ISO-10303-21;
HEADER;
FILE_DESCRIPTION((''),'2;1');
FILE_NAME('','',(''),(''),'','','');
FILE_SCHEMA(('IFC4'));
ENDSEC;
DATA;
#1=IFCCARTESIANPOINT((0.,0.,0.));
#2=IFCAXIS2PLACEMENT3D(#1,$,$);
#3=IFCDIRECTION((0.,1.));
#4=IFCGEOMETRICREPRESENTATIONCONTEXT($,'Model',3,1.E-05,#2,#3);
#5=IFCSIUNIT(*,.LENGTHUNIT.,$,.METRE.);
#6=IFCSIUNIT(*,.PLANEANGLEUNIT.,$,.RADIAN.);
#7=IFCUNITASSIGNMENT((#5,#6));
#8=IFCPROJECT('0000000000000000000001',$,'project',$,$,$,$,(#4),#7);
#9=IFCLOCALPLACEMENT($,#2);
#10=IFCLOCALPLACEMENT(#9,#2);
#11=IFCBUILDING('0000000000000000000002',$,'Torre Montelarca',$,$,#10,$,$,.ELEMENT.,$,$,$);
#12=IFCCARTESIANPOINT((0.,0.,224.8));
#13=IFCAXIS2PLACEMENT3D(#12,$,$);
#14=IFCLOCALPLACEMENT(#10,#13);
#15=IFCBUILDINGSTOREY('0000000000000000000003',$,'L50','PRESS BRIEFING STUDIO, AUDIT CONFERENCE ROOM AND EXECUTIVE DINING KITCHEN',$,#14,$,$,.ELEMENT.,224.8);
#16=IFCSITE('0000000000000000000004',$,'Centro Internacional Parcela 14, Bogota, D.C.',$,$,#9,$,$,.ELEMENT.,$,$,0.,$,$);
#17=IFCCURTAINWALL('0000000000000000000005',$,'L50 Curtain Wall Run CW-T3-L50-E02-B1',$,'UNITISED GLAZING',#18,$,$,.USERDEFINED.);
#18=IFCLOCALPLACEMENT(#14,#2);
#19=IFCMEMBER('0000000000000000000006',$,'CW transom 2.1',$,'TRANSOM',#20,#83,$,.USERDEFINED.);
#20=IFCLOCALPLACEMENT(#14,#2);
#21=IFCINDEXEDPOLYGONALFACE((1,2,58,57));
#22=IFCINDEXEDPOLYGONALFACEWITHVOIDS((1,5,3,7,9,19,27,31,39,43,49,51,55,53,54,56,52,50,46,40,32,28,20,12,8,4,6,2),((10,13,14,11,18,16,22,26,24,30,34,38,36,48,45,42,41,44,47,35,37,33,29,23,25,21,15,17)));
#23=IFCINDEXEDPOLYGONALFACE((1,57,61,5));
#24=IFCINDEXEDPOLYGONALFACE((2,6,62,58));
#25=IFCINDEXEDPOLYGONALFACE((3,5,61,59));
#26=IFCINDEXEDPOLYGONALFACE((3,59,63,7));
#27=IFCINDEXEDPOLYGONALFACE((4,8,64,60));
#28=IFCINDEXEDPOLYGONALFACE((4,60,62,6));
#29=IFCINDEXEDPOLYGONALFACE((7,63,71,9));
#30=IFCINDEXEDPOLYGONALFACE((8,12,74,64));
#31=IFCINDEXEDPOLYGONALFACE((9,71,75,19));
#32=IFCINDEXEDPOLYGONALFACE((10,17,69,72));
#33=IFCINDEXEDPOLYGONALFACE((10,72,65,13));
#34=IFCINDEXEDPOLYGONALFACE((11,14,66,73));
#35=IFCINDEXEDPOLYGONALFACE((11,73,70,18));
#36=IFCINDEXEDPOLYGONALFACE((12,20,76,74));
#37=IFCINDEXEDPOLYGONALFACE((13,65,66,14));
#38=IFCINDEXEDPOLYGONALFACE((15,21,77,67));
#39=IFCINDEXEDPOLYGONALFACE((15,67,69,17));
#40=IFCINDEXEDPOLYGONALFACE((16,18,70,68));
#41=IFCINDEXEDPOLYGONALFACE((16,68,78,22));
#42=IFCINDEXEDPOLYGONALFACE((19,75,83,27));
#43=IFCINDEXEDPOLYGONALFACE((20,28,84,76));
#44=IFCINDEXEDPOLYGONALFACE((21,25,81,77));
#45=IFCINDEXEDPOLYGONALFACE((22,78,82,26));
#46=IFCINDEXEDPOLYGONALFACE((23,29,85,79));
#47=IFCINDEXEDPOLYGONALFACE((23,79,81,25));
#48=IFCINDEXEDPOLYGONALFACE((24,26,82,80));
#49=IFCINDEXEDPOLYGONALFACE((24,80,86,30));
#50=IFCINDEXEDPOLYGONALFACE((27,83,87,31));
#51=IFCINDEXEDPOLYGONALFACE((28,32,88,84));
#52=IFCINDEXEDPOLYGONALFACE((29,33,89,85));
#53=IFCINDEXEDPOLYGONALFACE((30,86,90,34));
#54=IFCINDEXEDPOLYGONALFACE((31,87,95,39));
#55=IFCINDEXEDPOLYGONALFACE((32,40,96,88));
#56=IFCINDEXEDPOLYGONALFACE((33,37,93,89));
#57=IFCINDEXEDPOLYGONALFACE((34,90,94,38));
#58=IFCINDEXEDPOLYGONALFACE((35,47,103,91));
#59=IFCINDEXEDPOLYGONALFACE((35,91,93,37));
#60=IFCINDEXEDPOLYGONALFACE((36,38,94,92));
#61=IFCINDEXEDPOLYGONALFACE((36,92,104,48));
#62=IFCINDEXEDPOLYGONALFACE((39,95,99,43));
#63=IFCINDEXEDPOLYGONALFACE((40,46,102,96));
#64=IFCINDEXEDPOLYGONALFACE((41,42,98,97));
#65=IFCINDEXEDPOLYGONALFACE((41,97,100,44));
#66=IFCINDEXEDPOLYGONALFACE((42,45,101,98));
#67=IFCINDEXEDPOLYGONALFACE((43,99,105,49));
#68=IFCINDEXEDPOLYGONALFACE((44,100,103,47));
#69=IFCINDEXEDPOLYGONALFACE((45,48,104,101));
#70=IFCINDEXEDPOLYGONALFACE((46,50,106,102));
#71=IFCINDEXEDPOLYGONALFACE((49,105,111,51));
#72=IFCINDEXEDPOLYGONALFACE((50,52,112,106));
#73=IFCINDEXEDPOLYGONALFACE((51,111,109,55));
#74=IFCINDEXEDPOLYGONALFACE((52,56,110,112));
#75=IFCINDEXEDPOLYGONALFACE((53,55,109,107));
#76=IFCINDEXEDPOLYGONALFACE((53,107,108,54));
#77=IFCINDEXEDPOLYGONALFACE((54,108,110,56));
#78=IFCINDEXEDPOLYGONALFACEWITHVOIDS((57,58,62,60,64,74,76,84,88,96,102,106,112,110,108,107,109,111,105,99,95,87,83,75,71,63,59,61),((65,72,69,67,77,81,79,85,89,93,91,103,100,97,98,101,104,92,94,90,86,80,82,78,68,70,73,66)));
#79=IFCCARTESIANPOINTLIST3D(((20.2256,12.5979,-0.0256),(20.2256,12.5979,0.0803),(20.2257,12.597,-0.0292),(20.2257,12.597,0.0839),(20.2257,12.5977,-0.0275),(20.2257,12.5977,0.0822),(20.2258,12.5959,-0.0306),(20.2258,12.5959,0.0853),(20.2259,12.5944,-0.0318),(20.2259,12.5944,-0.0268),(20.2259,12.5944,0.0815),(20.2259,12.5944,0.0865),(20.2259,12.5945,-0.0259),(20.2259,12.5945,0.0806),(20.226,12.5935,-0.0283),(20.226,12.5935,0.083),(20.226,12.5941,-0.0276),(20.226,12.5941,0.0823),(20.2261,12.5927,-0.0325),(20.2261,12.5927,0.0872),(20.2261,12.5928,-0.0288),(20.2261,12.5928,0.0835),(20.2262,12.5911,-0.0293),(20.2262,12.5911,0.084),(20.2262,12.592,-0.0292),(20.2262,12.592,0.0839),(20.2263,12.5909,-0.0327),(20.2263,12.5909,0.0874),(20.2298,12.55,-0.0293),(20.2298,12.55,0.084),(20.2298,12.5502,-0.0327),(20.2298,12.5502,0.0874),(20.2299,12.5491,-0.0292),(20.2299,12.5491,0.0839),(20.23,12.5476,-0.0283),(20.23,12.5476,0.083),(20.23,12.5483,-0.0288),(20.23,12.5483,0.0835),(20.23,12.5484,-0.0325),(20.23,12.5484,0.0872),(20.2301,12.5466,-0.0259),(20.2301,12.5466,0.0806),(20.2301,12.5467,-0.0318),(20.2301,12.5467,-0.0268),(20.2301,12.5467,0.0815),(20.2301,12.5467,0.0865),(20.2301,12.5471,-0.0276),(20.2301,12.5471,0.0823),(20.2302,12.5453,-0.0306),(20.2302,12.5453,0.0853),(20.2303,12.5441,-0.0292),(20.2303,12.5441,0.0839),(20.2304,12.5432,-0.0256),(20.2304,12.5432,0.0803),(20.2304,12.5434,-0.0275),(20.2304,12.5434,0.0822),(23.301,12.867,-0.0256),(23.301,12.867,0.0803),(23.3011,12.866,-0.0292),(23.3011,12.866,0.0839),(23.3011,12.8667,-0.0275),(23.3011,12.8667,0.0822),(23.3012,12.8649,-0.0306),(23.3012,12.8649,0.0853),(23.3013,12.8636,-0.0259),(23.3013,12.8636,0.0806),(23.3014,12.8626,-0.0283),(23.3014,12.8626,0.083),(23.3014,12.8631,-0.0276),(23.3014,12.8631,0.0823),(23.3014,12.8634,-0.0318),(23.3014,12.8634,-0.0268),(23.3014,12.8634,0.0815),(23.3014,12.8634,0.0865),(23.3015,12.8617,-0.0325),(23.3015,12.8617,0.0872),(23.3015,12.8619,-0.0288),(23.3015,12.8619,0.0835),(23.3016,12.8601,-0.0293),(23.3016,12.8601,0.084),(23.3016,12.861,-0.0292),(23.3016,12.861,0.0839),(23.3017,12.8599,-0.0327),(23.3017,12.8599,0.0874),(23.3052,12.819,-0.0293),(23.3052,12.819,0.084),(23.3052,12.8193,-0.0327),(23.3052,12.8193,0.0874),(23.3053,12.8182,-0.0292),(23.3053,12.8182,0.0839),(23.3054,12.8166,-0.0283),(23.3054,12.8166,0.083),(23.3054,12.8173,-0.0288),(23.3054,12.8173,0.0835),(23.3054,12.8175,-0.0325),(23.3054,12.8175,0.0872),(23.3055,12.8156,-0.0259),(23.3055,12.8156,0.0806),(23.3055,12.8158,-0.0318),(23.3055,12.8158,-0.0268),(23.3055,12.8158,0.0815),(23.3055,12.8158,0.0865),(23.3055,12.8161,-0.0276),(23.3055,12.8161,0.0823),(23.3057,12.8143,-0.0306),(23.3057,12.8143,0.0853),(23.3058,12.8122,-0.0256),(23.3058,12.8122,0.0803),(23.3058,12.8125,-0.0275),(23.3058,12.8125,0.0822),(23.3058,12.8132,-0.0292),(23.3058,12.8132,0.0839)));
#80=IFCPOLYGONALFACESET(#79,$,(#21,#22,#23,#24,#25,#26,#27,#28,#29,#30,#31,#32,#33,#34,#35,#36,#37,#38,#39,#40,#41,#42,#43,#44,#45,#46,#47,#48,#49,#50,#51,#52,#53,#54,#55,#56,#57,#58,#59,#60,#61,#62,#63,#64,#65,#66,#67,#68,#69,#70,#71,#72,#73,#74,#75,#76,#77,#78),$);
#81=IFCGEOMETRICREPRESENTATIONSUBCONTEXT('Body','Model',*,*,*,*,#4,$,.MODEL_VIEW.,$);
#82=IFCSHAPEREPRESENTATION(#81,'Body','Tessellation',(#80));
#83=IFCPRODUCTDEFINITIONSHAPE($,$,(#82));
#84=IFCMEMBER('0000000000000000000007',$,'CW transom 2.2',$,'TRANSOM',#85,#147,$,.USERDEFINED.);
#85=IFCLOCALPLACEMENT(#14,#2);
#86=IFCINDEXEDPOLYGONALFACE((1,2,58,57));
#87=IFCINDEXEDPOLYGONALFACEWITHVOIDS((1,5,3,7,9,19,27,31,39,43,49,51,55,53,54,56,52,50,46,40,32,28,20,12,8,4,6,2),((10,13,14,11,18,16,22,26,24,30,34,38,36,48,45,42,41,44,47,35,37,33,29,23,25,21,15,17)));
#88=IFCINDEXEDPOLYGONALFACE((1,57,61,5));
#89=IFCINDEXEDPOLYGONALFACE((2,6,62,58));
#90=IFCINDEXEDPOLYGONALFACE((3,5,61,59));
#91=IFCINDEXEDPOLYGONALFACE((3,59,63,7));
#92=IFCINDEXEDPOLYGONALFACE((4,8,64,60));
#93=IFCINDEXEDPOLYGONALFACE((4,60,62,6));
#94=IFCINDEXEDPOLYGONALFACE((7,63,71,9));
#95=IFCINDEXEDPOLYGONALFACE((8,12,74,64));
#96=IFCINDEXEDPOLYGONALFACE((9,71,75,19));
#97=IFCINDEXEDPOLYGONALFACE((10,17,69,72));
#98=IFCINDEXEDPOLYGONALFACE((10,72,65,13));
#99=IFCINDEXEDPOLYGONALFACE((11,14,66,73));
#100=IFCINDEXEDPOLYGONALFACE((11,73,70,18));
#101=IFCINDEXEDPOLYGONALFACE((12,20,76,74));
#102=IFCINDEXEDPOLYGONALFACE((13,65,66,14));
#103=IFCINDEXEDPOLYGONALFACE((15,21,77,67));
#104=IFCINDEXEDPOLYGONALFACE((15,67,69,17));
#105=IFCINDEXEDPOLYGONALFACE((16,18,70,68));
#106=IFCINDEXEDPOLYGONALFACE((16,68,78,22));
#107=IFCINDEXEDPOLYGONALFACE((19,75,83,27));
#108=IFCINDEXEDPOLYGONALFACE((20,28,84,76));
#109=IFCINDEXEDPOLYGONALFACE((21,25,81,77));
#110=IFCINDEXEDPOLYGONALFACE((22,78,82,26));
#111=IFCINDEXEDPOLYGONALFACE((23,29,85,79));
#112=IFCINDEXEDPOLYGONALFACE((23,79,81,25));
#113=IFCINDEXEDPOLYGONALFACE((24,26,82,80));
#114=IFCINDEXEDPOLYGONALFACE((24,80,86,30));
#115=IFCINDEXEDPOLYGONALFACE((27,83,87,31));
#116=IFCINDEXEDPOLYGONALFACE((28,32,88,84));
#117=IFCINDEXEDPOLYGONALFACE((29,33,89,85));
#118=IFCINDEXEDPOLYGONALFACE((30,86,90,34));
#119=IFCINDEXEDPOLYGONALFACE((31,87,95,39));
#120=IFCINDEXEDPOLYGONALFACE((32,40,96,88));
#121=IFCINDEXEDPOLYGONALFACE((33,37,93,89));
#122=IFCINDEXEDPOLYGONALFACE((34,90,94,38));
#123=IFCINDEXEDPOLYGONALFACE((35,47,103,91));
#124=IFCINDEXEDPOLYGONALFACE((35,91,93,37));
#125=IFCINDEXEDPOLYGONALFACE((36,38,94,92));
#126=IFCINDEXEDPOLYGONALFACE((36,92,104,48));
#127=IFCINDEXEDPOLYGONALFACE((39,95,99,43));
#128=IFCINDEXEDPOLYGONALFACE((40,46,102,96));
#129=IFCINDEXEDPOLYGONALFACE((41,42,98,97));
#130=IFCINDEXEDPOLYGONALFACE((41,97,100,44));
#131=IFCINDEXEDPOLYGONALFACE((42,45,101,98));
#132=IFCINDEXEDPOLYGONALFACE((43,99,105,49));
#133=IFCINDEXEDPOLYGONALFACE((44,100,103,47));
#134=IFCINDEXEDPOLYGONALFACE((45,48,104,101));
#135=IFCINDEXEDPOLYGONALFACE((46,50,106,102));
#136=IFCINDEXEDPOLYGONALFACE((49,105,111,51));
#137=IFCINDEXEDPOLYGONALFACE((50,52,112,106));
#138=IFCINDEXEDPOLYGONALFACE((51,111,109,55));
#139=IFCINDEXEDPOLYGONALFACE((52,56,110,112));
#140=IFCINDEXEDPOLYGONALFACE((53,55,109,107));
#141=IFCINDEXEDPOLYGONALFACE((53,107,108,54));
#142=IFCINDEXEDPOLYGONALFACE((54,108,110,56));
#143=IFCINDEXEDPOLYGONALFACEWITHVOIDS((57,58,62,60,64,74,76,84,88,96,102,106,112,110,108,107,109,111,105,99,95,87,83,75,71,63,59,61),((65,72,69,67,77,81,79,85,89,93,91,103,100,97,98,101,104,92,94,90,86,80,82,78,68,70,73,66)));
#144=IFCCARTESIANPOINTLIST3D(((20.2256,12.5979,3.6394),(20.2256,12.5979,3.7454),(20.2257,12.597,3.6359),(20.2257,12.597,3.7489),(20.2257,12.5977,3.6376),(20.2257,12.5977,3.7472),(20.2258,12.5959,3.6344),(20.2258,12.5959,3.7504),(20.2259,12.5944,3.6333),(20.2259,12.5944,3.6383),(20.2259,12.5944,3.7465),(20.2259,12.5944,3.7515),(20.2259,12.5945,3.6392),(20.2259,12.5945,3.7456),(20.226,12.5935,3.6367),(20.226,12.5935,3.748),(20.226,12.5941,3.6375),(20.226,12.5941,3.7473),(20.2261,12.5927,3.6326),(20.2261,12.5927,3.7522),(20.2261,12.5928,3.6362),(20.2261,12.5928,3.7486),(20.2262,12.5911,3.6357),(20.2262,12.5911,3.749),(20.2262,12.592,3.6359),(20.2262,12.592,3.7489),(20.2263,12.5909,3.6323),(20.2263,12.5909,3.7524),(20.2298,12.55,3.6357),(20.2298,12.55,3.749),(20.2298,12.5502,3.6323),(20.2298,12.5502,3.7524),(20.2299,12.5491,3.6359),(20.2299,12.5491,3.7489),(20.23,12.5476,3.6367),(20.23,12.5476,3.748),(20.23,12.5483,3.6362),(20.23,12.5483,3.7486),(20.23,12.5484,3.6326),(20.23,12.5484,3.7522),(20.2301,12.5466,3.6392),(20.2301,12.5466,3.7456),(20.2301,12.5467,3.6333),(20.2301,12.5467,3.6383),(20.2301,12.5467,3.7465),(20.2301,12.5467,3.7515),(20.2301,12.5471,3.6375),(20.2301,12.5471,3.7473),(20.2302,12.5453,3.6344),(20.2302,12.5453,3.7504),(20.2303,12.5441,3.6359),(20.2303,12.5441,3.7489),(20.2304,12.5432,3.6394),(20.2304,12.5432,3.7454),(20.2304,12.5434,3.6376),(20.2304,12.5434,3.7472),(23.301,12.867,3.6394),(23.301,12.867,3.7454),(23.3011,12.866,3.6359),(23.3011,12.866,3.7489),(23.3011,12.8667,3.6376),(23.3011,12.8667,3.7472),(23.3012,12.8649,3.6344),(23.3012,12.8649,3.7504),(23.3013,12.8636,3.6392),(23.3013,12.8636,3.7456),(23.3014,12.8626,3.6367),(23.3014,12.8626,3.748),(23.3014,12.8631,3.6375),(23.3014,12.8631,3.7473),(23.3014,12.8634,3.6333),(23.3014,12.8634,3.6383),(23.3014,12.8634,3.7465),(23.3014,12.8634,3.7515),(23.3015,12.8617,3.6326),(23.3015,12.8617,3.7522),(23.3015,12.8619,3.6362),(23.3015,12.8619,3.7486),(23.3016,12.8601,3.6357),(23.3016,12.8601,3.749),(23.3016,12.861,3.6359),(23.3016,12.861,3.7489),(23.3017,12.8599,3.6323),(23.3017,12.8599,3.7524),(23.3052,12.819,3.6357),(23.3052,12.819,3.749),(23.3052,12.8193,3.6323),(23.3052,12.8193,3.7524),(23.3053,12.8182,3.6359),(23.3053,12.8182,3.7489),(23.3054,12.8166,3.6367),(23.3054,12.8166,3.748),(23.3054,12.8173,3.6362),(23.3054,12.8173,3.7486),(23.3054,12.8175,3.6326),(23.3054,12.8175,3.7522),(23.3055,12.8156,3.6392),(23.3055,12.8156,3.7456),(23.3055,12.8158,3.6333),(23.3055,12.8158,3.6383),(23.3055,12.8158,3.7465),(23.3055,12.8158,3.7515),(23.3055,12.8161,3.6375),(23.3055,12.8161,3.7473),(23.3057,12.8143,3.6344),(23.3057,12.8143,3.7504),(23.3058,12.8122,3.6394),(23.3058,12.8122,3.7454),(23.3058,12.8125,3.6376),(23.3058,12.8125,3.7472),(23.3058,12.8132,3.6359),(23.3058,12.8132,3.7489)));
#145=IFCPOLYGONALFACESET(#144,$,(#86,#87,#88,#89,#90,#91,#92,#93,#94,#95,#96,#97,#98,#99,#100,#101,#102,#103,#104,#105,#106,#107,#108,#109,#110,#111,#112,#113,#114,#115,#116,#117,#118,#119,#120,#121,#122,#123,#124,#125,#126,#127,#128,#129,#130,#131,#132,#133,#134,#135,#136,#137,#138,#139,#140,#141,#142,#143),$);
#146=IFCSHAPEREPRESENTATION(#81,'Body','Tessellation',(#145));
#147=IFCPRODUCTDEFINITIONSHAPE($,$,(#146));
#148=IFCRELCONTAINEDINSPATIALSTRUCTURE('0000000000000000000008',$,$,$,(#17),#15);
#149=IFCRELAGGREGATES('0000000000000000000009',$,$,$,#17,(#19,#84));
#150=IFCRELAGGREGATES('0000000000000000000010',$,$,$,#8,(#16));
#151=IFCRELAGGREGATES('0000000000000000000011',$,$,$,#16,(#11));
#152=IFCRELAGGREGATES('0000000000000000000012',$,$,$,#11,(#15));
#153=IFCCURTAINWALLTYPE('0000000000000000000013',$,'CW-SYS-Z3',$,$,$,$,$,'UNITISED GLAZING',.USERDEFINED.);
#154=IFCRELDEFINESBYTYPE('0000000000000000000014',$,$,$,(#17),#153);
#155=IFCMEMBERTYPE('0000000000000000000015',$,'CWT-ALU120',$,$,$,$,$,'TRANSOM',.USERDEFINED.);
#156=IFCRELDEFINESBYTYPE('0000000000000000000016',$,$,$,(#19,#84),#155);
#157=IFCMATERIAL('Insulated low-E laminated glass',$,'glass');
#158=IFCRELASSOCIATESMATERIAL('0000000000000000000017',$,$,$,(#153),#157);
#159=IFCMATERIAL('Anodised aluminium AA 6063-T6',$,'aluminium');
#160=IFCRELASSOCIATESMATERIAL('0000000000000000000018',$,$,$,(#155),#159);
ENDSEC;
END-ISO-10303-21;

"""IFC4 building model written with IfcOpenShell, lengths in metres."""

from ifc_helpers import new_model, si_unit, direction, frame, origin, origin_2d, place, context, subcontext, project, spatial, hollow_rectangle, extrude, source, transform, mapped, material, material_profile, profile_set, type_object, element, aggregate, save


model = new_model("IFC4")

# Units and contexts
model_context = context("Model", 3, precision=1e-05, world=origin(), true_north=direction((0.0, 1.0)))
body_context = subcontext(model_context, "Body", "Model", "MODEL_VIEW")
ifc_project = project(units=[si_unit("LENGTHUNIT", "METRE"), si_unit("PLANEANGLEUNIT", "RADIAN")], contexts=[model_context])

# Site, building, storey
site_placement = place(None, origin())
site = spatial("IfcSite", under=ifc_project, at=site_placement, Name="Centro Internacional Parcela 14, Bogota, D.C.", CompositionType="ELEMENT", RefElevation=0.0)
building_placement = place(site_placement, origin())
building = spatial("IfcBuilding", under=site, at=building_placement, Name="Torre Montelarca", CompositionType="ELEMENT")
storey_placement = place(building_placement, frame((0.0, 0.0, 224.8)))
storey = spatial("IfcBuildingStorey", under=building, at=storey_placement, Name="L50", Description="PRESS BRIEFING STUDIO, AUDIT CONFERENCE ROOM AND EXECUTIVE DINING KITCHEN", CompositionType="ELEMENT", Elevation=224.8)

# Curtain wall, members
ifc_material_1 = material(Name="Insulated low-E laminated glass", Category="glass")
curtain_wall_type = type_object("IfcCurtainWallType", Name="CW-SYS-Z3", ElementType="UNITISED GLAZING", PredefinedType="USERDEFINED", material=ifc_material_1)
curtain_wall_1_placement = place(storey_placement, origin())
curtain_wall_1 = element("IfcCurtainWall", 1, at=curtain_wall_1_placement, inside=storey, type_object=curtain_wall_type, Name="L50 Curtain Wall Run CW-T3-L50-E02-B1", ObjectType="UNITISED GLAZING", PredefinedType="USERDEFINED")
ifc_material_2 = material(Name="Anodised aluminium AA 6063-T6", Category="aluminium")
ifc_material_profile_1 = material_profile(ifc_material_2, hollow_rectangle(XDim=0.0549, YDim=0.1201, WallThickness=0.0034, InnerFilletRadius=0.0034, OuterFilletRadius=0.0071, at=origin_2d()), Name="ALU55X120X3.5", Category="aluminium")
ifc_profile_set_1 = profile_set([ifc_material_profile_1], Name="Anodised aluminium AA 6063-T6")
member_type_1 = type_object("IfcMemberType", Name="CWT-ALU120", ElementType="TRANSOM", PredefinedType="USERDEFINED", material=ifc_profile_set_1)
shared_shape_1 = source(origin(), body_context, "Body", "SweptSolid", [
    extrude(hollow_rectangle(XDim=0.0549, YDim=0.1201, WallThickness=0.0034, InnerFilletRadius=0.0034, OuterFilletRadius=0.0071, at=origin_2d()), origin(), (0.0, 0.0, 1.0), 3.0872),
])
member_1_placement = place(storey_placement, frame((20.228, 12.5706, 0.0273), z_axis=(0.996195, 0.087148, 0.0), x_axis=(-0.087148, 0.996195, 0.0)))
member_1 = element("IfcMember", 2, at=member_1_placement, type_object=member_type_1, Name="CW transom 2.1", ObjectType="TRANSOM", PredefinedType="USERDEFINED", context=body_context, shape_type="MappedRepresentation", body=[
    mapped(shared_shape_1, transform((0.0, 0.0, 0.0), scale=1.0)),
])
member_2_placement = place(storey_placement, frame((20.228, 12.5706, 3.6924), z_axis=(0.996195, 0.087148, 0.0), x_axis=(-0.087148, 0.996195, 0.0)))
member_2 = element("IfcMember", 3, at=member_2_placement, type_object=member_type_1, Name="CW transom 2.2", ObjectType="TRANSOM", PredefinedType="USERDEFINED", context=body_context, shape_type="MappedRepresentation", body=[
    mapped(shared_shape_1, transform((0.0, 0.0, 0.0), scale=1.0)),
])

aggregate(curtain_wall_1, [member_1, member_2])

save(model, "model.ifc")
